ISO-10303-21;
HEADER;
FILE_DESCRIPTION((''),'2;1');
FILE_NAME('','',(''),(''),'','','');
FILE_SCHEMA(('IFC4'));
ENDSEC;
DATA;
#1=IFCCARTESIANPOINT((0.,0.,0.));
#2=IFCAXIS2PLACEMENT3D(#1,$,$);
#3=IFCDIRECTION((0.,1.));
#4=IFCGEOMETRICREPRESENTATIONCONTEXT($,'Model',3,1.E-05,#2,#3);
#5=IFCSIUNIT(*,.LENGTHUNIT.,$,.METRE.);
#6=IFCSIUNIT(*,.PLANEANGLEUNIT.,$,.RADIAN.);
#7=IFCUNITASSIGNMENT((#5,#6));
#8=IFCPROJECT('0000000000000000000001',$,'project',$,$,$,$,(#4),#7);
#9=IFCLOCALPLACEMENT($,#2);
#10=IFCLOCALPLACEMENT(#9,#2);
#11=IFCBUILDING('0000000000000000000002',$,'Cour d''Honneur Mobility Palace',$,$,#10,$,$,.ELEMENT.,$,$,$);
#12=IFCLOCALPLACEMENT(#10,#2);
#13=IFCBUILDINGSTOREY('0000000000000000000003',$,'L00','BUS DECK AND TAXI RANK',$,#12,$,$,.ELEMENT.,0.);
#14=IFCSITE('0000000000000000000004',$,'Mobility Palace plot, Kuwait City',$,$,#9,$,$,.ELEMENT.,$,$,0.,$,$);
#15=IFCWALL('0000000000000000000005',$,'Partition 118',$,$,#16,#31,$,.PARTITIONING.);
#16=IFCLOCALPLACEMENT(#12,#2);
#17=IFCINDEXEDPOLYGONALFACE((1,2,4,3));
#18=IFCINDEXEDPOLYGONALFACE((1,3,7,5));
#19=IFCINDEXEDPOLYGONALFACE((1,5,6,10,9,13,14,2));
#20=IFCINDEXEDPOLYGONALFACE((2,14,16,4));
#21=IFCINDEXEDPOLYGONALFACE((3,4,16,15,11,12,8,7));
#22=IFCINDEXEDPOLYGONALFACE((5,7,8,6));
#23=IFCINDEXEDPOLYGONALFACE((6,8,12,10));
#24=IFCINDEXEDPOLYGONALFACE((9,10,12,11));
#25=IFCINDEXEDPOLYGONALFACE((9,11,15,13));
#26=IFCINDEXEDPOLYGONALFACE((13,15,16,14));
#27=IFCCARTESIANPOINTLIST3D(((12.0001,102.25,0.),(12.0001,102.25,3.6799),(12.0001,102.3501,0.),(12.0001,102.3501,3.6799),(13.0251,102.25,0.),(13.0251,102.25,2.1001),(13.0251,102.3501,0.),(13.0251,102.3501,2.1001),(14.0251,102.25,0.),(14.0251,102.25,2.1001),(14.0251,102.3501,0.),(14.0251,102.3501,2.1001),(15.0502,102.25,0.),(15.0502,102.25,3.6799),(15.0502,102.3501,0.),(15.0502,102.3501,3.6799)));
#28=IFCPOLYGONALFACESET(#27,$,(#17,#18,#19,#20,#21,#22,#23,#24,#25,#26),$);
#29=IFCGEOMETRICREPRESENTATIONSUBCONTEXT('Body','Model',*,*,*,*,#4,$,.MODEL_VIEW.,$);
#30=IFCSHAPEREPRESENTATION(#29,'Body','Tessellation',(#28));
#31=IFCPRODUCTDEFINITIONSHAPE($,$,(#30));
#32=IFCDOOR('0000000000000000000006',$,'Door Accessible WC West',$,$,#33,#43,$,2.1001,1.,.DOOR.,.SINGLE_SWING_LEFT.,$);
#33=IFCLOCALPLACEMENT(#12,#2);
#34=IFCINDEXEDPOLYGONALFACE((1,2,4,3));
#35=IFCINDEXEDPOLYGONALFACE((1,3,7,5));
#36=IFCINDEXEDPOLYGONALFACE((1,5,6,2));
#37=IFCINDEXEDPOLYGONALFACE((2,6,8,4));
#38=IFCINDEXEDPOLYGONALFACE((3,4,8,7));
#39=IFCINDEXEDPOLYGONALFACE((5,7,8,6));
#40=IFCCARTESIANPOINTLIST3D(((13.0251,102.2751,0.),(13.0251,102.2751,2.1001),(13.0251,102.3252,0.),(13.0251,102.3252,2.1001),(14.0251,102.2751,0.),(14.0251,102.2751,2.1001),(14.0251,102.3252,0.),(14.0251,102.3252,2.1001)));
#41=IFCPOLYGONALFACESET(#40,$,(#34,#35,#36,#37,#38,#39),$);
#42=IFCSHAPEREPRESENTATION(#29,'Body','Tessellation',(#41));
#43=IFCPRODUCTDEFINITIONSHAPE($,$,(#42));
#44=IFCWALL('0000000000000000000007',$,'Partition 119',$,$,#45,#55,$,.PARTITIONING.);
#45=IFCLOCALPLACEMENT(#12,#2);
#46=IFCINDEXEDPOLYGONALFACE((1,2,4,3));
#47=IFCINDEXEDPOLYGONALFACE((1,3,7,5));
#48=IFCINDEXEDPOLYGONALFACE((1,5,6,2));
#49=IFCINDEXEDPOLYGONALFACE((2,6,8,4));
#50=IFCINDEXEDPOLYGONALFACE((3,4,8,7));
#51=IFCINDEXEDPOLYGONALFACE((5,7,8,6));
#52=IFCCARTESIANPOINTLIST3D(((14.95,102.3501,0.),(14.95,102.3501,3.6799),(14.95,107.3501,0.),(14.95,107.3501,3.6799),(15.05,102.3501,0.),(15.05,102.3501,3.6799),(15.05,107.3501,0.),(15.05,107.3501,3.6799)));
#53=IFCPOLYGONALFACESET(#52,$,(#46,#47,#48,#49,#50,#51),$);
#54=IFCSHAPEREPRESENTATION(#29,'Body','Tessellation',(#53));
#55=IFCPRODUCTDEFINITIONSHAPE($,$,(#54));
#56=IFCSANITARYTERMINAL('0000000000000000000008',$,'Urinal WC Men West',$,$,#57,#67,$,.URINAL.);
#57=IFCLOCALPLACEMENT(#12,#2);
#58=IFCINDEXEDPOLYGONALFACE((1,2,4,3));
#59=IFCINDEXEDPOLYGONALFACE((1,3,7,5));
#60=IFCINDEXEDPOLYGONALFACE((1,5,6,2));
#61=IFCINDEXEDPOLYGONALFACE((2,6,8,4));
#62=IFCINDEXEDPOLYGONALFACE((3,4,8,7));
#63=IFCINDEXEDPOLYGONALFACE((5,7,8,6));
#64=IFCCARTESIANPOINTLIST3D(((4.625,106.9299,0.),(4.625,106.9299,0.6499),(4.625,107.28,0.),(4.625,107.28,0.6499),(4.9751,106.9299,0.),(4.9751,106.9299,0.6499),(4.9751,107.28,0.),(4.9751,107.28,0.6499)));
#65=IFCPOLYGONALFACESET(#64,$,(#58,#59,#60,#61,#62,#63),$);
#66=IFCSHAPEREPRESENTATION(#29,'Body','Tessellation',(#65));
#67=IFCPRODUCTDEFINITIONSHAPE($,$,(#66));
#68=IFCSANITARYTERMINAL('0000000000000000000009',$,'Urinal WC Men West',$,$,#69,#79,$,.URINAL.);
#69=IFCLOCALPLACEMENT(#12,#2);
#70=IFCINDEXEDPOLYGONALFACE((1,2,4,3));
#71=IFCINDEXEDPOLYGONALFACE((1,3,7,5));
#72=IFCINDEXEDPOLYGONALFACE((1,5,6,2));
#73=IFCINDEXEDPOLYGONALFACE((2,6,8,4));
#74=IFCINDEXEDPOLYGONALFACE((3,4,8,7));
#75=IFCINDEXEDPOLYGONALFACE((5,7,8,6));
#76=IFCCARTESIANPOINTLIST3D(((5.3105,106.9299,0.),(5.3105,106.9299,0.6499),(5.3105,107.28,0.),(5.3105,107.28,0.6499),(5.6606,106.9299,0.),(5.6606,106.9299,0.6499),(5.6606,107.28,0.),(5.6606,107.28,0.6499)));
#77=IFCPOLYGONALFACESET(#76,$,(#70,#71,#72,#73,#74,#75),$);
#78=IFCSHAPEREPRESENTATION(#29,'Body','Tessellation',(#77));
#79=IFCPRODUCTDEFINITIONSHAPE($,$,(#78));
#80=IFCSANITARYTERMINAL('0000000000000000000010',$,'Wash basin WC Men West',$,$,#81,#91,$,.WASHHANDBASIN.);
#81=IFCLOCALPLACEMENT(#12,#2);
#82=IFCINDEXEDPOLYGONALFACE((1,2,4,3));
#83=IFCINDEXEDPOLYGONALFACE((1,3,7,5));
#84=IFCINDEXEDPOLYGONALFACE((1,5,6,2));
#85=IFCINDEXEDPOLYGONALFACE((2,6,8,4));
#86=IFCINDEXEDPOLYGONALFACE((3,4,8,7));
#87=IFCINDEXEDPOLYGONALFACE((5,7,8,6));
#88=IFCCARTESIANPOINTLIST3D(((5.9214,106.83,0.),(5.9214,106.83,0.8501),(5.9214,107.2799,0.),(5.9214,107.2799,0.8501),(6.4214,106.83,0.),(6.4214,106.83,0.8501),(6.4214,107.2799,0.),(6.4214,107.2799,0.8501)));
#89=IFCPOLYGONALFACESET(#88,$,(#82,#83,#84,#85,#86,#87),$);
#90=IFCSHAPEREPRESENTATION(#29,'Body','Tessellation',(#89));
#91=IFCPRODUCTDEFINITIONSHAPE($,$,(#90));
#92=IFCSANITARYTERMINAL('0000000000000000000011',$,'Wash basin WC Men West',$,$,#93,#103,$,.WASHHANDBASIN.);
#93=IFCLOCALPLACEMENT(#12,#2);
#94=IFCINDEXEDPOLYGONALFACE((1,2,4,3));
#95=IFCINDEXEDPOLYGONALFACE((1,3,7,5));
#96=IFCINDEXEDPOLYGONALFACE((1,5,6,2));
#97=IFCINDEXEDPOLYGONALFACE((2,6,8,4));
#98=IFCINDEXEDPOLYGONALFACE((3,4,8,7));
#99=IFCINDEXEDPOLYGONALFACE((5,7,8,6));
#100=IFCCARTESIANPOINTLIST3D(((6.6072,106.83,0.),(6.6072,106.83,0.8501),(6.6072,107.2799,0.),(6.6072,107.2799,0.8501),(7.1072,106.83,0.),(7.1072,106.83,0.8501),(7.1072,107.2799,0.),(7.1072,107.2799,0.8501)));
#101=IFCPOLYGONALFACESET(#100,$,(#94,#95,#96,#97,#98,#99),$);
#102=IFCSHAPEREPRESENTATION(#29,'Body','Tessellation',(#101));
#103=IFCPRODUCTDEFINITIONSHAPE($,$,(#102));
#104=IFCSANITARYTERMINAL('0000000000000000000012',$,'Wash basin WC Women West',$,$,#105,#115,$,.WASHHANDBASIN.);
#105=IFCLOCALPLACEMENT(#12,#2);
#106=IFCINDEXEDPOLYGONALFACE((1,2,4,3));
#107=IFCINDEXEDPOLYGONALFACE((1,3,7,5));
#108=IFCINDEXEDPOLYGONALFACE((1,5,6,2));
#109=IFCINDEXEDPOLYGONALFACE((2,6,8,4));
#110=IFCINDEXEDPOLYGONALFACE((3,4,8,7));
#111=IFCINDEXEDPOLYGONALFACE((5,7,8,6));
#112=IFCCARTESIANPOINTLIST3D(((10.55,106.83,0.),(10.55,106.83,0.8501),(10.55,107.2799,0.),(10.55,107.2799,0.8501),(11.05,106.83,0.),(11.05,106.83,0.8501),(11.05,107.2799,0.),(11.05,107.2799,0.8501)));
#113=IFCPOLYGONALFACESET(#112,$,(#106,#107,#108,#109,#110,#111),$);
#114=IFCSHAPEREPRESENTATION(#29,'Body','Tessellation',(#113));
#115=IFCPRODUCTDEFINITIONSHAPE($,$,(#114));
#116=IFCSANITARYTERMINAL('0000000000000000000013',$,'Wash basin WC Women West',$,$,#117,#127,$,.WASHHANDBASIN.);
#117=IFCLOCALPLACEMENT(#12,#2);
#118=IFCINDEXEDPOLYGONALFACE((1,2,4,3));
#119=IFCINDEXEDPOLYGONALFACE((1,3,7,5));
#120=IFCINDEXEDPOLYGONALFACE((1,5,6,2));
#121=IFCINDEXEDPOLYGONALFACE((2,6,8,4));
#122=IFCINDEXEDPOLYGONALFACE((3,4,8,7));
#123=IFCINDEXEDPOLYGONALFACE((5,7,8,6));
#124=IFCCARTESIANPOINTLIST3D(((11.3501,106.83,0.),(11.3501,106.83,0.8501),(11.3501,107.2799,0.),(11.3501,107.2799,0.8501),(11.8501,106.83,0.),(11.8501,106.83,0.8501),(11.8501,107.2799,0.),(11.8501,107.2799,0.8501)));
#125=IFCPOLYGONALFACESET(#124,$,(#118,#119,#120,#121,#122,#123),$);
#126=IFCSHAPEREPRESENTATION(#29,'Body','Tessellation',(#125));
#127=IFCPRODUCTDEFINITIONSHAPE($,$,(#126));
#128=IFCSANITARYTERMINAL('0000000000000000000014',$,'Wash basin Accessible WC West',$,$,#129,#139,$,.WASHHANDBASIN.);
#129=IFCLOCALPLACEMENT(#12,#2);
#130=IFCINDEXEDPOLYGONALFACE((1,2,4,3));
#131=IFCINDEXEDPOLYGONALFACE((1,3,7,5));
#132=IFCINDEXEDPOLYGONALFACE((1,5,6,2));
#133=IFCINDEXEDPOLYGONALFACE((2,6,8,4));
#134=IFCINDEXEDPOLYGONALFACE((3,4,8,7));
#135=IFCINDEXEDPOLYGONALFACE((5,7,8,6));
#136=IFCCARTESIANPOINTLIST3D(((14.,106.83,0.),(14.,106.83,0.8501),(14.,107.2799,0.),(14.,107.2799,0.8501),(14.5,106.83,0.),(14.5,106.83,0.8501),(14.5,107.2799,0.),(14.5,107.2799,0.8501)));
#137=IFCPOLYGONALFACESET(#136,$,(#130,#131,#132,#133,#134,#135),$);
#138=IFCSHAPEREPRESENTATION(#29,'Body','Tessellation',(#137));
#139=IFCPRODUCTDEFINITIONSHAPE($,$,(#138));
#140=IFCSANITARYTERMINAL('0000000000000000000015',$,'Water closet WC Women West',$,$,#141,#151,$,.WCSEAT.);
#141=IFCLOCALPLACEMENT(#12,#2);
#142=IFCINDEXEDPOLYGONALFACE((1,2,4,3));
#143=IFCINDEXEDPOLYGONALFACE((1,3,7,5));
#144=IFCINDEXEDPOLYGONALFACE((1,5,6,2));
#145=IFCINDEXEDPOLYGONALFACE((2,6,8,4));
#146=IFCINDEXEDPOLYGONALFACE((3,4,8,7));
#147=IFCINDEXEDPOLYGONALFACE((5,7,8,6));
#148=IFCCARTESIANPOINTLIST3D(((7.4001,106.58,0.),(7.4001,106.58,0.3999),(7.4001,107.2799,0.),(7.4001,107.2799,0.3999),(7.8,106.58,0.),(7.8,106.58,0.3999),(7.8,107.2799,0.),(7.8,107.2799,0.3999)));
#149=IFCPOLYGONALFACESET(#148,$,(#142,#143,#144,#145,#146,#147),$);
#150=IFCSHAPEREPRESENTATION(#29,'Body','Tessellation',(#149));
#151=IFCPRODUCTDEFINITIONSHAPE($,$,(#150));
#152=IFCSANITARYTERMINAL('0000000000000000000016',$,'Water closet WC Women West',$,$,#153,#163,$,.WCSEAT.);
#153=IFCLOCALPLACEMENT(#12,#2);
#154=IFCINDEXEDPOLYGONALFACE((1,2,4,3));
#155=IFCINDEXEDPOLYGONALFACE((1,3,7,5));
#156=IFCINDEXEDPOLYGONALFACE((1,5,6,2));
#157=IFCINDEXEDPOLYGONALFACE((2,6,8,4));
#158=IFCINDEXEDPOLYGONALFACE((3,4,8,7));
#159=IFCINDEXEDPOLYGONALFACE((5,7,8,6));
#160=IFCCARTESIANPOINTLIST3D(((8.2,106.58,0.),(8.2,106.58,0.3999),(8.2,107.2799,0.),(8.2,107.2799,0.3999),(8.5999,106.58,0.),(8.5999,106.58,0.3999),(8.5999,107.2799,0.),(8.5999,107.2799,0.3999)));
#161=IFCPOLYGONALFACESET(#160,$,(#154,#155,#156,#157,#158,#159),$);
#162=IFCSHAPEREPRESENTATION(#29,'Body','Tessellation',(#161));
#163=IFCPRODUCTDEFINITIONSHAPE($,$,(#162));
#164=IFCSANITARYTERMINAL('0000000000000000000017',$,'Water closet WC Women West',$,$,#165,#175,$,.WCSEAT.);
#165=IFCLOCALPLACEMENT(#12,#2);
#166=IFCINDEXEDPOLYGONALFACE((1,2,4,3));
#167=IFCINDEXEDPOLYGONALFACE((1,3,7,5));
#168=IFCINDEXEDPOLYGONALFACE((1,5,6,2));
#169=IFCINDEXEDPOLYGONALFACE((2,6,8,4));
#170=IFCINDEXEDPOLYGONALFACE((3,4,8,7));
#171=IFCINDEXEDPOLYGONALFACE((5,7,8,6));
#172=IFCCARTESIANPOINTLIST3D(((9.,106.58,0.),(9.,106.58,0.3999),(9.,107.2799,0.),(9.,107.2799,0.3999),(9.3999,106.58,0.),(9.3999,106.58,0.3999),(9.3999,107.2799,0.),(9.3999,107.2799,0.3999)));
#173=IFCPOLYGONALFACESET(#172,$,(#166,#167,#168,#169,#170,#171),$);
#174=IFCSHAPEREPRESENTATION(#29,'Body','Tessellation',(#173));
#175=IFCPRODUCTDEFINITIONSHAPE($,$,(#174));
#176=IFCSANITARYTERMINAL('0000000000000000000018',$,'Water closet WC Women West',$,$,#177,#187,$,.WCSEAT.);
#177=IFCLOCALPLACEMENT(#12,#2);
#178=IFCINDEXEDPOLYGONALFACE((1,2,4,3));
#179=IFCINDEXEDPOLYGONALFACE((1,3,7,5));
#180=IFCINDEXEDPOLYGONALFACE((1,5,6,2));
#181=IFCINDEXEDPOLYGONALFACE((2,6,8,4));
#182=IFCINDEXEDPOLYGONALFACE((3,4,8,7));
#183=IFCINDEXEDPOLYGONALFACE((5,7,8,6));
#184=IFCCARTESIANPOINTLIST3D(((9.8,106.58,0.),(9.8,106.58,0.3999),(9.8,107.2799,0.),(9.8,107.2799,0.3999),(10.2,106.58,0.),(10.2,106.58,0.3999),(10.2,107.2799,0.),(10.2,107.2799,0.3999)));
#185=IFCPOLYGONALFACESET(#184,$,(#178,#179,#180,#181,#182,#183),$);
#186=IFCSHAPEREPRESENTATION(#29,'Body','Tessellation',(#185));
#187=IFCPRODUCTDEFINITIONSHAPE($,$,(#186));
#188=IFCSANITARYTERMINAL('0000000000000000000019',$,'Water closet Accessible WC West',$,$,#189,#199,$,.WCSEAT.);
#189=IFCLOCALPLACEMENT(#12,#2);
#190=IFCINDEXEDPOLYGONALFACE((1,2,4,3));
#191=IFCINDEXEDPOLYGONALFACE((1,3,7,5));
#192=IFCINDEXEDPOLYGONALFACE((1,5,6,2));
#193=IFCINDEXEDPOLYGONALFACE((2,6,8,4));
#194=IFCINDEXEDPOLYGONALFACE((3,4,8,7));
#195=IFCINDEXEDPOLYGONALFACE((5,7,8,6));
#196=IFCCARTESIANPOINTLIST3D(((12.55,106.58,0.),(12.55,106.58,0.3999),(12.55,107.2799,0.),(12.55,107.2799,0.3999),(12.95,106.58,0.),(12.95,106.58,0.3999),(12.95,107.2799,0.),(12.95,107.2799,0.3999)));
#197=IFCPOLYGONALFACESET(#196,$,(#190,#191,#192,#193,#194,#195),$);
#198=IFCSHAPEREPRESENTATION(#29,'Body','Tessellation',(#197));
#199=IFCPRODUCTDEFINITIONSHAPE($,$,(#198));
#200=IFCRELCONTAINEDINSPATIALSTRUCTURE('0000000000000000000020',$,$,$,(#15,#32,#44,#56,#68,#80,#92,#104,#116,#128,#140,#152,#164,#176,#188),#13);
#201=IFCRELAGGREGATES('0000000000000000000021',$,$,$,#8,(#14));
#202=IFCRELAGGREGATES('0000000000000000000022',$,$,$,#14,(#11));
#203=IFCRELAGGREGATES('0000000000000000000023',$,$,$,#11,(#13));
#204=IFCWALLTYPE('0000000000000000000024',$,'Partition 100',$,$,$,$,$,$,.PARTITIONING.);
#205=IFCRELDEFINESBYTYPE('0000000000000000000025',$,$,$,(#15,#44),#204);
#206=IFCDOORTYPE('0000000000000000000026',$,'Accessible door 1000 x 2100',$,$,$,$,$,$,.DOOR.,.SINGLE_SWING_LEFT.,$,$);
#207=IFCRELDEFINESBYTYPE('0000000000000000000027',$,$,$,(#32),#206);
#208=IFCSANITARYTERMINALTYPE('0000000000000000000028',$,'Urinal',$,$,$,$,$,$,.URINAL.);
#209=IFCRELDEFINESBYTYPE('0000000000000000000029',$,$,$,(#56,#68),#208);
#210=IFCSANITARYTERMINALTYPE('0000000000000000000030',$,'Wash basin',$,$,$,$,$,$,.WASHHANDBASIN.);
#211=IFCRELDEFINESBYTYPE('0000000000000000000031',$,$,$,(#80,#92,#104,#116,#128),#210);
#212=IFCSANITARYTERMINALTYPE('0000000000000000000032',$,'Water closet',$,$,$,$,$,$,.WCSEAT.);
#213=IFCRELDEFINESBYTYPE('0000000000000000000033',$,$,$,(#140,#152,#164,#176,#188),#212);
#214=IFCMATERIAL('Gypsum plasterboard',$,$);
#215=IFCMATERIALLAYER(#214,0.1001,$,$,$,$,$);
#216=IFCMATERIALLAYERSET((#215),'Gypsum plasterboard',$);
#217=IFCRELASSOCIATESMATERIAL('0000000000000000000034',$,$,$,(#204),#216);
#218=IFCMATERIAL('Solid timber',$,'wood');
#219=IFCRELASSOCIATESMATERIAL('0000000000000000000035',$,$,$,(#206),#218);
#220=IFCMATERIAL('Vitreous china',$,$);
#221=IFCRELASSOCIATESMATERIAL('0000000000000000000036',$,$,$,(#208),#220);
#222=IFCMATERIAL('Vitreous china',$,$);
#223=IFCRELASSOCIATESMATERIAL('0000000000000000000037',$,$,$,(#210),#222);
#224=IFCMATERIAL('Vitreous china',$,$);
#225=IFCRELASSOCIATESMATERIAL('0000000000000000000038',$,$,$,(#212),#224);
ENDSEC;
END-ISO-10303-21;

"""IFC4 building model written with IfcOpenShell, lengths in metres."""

from ifc_helpers import new_model, si_unit, direction, frame, frame_2d, origin, origin_2d, place, context, subcontext, project, spatial, rectangle, extrude, material, layer, layer_set, type_object, element, fill, save


model = new_model("IFC4")

# Units and contexts
model_context = context("Model", 3, precision=1e-05, world=origin(), true_north=direction((0.0, 1.0)))
body_context = subcontext(model_context, "Body", "Model", "MODEL_VIEW")
ifc_project = project(units=[si_unit("LENGTHUNIT", "METRE"), si_unit("PLANEANGLEUNIT", "RADIAN")], contexts=[model_context])

# Site, building, storey
site_placement = place(None, origin())
site = spatial("IfcSite", under=ifc_project, at=site_placement, Name="Mobility Palace plot, Kuwait City", CompositionType="ELEMENT", RefElevation=0.0)
building_placement = place(site_placement, origin())
building = spatial("IfcBuilding", under=site, at=building_placement, Name="Cour d'Honneur Mobility Palace", CompositionType="ELEMENT")
storey_placement = place(building_placement, origin())
storey = spatial("IfcBuildingStorey", under=building, at=storey_placement, Name="L00", Description="BUS DECK AND TAXI RANK", CompositionType="ELEMENT", Elevation=0.0)

# Shared definitions
ifc_material_1 = material(Name="Gypsum plasterboard")
ifc_layer = layer(ifc_material_1, 0.1001)
ifc_layer_set = layer_set([ifc_layer], Name="Gypsum plasterboard")
wall_type = type_object("IfcWallType", Name="Partition 100", PredefinedType="PARTITIONING", material=ifc_layer_set)

# Wall, opening, door
wall_1_placement = place(storey_placement, frame((15.05, 102.3, 0.0), z_axis=(0.0, 0.0, 1.0), x_axis=(-1.0, 0.0, 0.0)))
wall_1 = element("IfcWall", 1, at=wall_1_placement, inside=storey, type_object=wall_type, Name="Partition 118", PredefinedType="PARTITIONING", context=body_context, shape_type="SweptSolid", body=[
    extrude(rectangle(XDim=3.05, YDim=0.1001, at=frame_2d((1.5249, 0.0))), origin(), (0.0, 0.0, 1.0), 3.6799),
])
opening_1_placement = place(wall_1_placement, frame((1.0249, 0.0, 0.0)))
opening_1 = element("IfcOpeningElement", 2, at=opening_1_placement, cuts=wall_1, PredefinedType="OPENING", context=body_context, shape_type="SweptSolid", body=[
    extrude(rectangle(XDim=1.0, YDim=2.1001, at=frame_2d((0.5, 1.05))), frame((0.0, 0.0601, 0.0), z_axis=(0.0, -1.0, 0.0), x_axis=(1.0, 0.0, 0.0)), (0.0, 0.0, 1.0), 0.1201),
])
ifc_material_2 = material(Name="Solid timber", Category="wood")
door_type_1 = type_object("IfcDoorType", Name="Accessible door 1000 x 2100", OperationType="SINGLE_SWING_LEFT", PredefinedType="DOOR", material=ifc_material_2)
door_1_placement = place(opening_1_placement, origin())
door_1 = element("IfcDoor", 3, at=door_1_placement, inside=storey, type_object=door_type_1, Name="Door Accessible WC West", OperationType="SINGLE_SWING_LEFT", OverallHeight=2.1001, OverallWidth=1.0, PredefinedType="DOOR", context=body_context, shape_type="SweptSolid", body=[
    extrude(rectangle(XDim=1.0, YDim=2.1001, at=frame_2d((0.5, 1.05))), frame((0.0, 0.0249, 0.0), z_axis=(0.0, -1.0, 0.0), x_axis=(1.0, 0.0, 0.0)), (0.0, 0.0, 1.0), 0.05),
])
fill(opening_1, door_1)

# Wall
wall_2_placement = place(storey_placement, frame((15.0, 102.3501, 0.0), z_axis=(0.0, 0.0, 1.0), x_axis=(0.0, 1.0, 0.0)))
element("IfcWall", 4, at=wall_2_placement, inside=storey, type_object=wall_type, Name="Partition 119", PredefinedType="PARTITIONING", context=body_context, shape_type="SweptSolid", body=[
    extrude(rectangle(XDim=5.0, YDim=0.1001, at=frame_2d((2.5, 0.0))), origin(), (0.0, 0.0, 1.0), 3.6799),
])

# Sanitary terminals
ifc_material_3 = material(Name="Vitreous china")
sanitary_terminal_type_1 = type_object("IfcSanitaryTerminalType", Name="Urinal", PredefinedType="URINAL", material=ifc_material_3)
for number, where, z_axis, x_axis, name in (
    (5, (4.8, 107.105, 0.0), (0.0, 0.0, 1.0), (1.0, 0.0, 0.0), "Urinal WC Men West"),
    (6, (5.4856, 107.105, 0.0), (0.0, 0.0, 1.0), (1.0, 0.0, 0.0), "Urinal WC Men West"),
):
    element("IfcSanitaryTerminal", number, at=place(storey_placement, frame(where, z_axis=z_axis, x_axis=x_axis)), inside=storey, type_object=sanitary_terminal_type_1, Name=name, PredefinedType="URINAL", context=body_context, shape_type="SweptSolid", body=[
        extrude(rectangle(XDim=0.3501, YDim=0.3501, at=origin_2d()), origin(), (0.0, 0.0, 1.0), 0.6499),
    ])
ifc_material_4 = material(Name="Vitreous china")
sanitary_terminal_type_2 = type_object("IfcSanitaryTerminalType", Name="Wash basin", PredefinedType="WASHHANDBASIN", material=ifc_material_4)
for number, where, z_axis, x_axis, name in (
    (7, (6.1714, 107.0549, 0.0), (0.0, 0.0, 1.0), (1.0, 0.0, 0.0), "Wash basin WC Men West"),
    (8, (6.8572, 107.0549, 0.0), (0.0, 0.0, 1.0), (1.0, 0.0, 0.0), "Wash basin WC Men West"),
    (9, (10.8, 107.0549, 0.0), (0.0, 0.0, 1.0), (1.0, 0.0, 0.0), "Wash basin WC Women West"),
    (10, (11.6001, 107.0549, 0.0), (0.0, 0.0, 1.0), (1.0, 0.0, 0.0), "Wash basin WC Women West"),
    (11, (14.25, 107.0549, 0.0), (0.0, 0.0, 1.0), (1.0, 0.0, 0.0), "Wash basin Accessible WC West"),
):
    element("IfcSanitaryTerminal", number, at=place(storey_placement, frame(where, z_axis=z_axis, x_axis=x_axis)), inside=storey, type_object=sanitary_terminal_type_2, Name=name, PredefinedType="WASHHANDBASIN", context=body_context, shape_type="SweptSolid", body=[
        extrude(rectangle(XDim=0.5, YDim=0.45, at=origin_2d()), origin(), (0.0, 0.0, 1.0), 0.8501),
    ])
ifc_material_5 = material(Name="Vitreous china")
sanitary_terminal_type_3 = type_object("IfcSanitaryTerminalType", Name="Water closet", PredefinedType="WCSEAT", material=ifc_material_5)
for number, where, z_axis, x_axis, name in (
    (12, (7.6001, 106.9299, 0.0), (0.0, 0.0, 1.0), (1.0, 0.0, 0.0), "Water closet WC Women West"),
    (13, (8.3999, 106.9299, 0.0), (0.0, 0.0, 1.0), (1.0, 0.0, 0.0), "Water closet WC Women West"),
    (14, (9.2, 106.9299, 0.0), (0.0, 0.0, 1.0), (1.0, 0.0, 0.0), "Water closet WC Women West"),
    (15, (10.0, 106.9299, 0.0), (0.0, 0.0, 1.0), (1.0, 0.0, 0.0), "Water closet WC Women West"),
    (16, (12.75, 106.9299, 0.0), (0.0, 0.0, 1.0), (1.0, 0.0, 0.0), "Water closet Accessible WC West"),
):
    element("IfcSanitaryTerminal", number, at=place(storey_placement, frame(where, z_axis=z_axis, x_axis=x_axis)), inside=storey, type_object=sanitary_terminal_type_3, Name=name, PredefinedType="WCSEAT", context=body_context, shape_type="SweptSolid", body=[
        extrude(rectangle(XDim=0.3999, YDim=0.7, at=origin_2d()), origin(), (0.0, 0.0, 1.0), 0.3999),
    ])

save(model, "model.ifc")
